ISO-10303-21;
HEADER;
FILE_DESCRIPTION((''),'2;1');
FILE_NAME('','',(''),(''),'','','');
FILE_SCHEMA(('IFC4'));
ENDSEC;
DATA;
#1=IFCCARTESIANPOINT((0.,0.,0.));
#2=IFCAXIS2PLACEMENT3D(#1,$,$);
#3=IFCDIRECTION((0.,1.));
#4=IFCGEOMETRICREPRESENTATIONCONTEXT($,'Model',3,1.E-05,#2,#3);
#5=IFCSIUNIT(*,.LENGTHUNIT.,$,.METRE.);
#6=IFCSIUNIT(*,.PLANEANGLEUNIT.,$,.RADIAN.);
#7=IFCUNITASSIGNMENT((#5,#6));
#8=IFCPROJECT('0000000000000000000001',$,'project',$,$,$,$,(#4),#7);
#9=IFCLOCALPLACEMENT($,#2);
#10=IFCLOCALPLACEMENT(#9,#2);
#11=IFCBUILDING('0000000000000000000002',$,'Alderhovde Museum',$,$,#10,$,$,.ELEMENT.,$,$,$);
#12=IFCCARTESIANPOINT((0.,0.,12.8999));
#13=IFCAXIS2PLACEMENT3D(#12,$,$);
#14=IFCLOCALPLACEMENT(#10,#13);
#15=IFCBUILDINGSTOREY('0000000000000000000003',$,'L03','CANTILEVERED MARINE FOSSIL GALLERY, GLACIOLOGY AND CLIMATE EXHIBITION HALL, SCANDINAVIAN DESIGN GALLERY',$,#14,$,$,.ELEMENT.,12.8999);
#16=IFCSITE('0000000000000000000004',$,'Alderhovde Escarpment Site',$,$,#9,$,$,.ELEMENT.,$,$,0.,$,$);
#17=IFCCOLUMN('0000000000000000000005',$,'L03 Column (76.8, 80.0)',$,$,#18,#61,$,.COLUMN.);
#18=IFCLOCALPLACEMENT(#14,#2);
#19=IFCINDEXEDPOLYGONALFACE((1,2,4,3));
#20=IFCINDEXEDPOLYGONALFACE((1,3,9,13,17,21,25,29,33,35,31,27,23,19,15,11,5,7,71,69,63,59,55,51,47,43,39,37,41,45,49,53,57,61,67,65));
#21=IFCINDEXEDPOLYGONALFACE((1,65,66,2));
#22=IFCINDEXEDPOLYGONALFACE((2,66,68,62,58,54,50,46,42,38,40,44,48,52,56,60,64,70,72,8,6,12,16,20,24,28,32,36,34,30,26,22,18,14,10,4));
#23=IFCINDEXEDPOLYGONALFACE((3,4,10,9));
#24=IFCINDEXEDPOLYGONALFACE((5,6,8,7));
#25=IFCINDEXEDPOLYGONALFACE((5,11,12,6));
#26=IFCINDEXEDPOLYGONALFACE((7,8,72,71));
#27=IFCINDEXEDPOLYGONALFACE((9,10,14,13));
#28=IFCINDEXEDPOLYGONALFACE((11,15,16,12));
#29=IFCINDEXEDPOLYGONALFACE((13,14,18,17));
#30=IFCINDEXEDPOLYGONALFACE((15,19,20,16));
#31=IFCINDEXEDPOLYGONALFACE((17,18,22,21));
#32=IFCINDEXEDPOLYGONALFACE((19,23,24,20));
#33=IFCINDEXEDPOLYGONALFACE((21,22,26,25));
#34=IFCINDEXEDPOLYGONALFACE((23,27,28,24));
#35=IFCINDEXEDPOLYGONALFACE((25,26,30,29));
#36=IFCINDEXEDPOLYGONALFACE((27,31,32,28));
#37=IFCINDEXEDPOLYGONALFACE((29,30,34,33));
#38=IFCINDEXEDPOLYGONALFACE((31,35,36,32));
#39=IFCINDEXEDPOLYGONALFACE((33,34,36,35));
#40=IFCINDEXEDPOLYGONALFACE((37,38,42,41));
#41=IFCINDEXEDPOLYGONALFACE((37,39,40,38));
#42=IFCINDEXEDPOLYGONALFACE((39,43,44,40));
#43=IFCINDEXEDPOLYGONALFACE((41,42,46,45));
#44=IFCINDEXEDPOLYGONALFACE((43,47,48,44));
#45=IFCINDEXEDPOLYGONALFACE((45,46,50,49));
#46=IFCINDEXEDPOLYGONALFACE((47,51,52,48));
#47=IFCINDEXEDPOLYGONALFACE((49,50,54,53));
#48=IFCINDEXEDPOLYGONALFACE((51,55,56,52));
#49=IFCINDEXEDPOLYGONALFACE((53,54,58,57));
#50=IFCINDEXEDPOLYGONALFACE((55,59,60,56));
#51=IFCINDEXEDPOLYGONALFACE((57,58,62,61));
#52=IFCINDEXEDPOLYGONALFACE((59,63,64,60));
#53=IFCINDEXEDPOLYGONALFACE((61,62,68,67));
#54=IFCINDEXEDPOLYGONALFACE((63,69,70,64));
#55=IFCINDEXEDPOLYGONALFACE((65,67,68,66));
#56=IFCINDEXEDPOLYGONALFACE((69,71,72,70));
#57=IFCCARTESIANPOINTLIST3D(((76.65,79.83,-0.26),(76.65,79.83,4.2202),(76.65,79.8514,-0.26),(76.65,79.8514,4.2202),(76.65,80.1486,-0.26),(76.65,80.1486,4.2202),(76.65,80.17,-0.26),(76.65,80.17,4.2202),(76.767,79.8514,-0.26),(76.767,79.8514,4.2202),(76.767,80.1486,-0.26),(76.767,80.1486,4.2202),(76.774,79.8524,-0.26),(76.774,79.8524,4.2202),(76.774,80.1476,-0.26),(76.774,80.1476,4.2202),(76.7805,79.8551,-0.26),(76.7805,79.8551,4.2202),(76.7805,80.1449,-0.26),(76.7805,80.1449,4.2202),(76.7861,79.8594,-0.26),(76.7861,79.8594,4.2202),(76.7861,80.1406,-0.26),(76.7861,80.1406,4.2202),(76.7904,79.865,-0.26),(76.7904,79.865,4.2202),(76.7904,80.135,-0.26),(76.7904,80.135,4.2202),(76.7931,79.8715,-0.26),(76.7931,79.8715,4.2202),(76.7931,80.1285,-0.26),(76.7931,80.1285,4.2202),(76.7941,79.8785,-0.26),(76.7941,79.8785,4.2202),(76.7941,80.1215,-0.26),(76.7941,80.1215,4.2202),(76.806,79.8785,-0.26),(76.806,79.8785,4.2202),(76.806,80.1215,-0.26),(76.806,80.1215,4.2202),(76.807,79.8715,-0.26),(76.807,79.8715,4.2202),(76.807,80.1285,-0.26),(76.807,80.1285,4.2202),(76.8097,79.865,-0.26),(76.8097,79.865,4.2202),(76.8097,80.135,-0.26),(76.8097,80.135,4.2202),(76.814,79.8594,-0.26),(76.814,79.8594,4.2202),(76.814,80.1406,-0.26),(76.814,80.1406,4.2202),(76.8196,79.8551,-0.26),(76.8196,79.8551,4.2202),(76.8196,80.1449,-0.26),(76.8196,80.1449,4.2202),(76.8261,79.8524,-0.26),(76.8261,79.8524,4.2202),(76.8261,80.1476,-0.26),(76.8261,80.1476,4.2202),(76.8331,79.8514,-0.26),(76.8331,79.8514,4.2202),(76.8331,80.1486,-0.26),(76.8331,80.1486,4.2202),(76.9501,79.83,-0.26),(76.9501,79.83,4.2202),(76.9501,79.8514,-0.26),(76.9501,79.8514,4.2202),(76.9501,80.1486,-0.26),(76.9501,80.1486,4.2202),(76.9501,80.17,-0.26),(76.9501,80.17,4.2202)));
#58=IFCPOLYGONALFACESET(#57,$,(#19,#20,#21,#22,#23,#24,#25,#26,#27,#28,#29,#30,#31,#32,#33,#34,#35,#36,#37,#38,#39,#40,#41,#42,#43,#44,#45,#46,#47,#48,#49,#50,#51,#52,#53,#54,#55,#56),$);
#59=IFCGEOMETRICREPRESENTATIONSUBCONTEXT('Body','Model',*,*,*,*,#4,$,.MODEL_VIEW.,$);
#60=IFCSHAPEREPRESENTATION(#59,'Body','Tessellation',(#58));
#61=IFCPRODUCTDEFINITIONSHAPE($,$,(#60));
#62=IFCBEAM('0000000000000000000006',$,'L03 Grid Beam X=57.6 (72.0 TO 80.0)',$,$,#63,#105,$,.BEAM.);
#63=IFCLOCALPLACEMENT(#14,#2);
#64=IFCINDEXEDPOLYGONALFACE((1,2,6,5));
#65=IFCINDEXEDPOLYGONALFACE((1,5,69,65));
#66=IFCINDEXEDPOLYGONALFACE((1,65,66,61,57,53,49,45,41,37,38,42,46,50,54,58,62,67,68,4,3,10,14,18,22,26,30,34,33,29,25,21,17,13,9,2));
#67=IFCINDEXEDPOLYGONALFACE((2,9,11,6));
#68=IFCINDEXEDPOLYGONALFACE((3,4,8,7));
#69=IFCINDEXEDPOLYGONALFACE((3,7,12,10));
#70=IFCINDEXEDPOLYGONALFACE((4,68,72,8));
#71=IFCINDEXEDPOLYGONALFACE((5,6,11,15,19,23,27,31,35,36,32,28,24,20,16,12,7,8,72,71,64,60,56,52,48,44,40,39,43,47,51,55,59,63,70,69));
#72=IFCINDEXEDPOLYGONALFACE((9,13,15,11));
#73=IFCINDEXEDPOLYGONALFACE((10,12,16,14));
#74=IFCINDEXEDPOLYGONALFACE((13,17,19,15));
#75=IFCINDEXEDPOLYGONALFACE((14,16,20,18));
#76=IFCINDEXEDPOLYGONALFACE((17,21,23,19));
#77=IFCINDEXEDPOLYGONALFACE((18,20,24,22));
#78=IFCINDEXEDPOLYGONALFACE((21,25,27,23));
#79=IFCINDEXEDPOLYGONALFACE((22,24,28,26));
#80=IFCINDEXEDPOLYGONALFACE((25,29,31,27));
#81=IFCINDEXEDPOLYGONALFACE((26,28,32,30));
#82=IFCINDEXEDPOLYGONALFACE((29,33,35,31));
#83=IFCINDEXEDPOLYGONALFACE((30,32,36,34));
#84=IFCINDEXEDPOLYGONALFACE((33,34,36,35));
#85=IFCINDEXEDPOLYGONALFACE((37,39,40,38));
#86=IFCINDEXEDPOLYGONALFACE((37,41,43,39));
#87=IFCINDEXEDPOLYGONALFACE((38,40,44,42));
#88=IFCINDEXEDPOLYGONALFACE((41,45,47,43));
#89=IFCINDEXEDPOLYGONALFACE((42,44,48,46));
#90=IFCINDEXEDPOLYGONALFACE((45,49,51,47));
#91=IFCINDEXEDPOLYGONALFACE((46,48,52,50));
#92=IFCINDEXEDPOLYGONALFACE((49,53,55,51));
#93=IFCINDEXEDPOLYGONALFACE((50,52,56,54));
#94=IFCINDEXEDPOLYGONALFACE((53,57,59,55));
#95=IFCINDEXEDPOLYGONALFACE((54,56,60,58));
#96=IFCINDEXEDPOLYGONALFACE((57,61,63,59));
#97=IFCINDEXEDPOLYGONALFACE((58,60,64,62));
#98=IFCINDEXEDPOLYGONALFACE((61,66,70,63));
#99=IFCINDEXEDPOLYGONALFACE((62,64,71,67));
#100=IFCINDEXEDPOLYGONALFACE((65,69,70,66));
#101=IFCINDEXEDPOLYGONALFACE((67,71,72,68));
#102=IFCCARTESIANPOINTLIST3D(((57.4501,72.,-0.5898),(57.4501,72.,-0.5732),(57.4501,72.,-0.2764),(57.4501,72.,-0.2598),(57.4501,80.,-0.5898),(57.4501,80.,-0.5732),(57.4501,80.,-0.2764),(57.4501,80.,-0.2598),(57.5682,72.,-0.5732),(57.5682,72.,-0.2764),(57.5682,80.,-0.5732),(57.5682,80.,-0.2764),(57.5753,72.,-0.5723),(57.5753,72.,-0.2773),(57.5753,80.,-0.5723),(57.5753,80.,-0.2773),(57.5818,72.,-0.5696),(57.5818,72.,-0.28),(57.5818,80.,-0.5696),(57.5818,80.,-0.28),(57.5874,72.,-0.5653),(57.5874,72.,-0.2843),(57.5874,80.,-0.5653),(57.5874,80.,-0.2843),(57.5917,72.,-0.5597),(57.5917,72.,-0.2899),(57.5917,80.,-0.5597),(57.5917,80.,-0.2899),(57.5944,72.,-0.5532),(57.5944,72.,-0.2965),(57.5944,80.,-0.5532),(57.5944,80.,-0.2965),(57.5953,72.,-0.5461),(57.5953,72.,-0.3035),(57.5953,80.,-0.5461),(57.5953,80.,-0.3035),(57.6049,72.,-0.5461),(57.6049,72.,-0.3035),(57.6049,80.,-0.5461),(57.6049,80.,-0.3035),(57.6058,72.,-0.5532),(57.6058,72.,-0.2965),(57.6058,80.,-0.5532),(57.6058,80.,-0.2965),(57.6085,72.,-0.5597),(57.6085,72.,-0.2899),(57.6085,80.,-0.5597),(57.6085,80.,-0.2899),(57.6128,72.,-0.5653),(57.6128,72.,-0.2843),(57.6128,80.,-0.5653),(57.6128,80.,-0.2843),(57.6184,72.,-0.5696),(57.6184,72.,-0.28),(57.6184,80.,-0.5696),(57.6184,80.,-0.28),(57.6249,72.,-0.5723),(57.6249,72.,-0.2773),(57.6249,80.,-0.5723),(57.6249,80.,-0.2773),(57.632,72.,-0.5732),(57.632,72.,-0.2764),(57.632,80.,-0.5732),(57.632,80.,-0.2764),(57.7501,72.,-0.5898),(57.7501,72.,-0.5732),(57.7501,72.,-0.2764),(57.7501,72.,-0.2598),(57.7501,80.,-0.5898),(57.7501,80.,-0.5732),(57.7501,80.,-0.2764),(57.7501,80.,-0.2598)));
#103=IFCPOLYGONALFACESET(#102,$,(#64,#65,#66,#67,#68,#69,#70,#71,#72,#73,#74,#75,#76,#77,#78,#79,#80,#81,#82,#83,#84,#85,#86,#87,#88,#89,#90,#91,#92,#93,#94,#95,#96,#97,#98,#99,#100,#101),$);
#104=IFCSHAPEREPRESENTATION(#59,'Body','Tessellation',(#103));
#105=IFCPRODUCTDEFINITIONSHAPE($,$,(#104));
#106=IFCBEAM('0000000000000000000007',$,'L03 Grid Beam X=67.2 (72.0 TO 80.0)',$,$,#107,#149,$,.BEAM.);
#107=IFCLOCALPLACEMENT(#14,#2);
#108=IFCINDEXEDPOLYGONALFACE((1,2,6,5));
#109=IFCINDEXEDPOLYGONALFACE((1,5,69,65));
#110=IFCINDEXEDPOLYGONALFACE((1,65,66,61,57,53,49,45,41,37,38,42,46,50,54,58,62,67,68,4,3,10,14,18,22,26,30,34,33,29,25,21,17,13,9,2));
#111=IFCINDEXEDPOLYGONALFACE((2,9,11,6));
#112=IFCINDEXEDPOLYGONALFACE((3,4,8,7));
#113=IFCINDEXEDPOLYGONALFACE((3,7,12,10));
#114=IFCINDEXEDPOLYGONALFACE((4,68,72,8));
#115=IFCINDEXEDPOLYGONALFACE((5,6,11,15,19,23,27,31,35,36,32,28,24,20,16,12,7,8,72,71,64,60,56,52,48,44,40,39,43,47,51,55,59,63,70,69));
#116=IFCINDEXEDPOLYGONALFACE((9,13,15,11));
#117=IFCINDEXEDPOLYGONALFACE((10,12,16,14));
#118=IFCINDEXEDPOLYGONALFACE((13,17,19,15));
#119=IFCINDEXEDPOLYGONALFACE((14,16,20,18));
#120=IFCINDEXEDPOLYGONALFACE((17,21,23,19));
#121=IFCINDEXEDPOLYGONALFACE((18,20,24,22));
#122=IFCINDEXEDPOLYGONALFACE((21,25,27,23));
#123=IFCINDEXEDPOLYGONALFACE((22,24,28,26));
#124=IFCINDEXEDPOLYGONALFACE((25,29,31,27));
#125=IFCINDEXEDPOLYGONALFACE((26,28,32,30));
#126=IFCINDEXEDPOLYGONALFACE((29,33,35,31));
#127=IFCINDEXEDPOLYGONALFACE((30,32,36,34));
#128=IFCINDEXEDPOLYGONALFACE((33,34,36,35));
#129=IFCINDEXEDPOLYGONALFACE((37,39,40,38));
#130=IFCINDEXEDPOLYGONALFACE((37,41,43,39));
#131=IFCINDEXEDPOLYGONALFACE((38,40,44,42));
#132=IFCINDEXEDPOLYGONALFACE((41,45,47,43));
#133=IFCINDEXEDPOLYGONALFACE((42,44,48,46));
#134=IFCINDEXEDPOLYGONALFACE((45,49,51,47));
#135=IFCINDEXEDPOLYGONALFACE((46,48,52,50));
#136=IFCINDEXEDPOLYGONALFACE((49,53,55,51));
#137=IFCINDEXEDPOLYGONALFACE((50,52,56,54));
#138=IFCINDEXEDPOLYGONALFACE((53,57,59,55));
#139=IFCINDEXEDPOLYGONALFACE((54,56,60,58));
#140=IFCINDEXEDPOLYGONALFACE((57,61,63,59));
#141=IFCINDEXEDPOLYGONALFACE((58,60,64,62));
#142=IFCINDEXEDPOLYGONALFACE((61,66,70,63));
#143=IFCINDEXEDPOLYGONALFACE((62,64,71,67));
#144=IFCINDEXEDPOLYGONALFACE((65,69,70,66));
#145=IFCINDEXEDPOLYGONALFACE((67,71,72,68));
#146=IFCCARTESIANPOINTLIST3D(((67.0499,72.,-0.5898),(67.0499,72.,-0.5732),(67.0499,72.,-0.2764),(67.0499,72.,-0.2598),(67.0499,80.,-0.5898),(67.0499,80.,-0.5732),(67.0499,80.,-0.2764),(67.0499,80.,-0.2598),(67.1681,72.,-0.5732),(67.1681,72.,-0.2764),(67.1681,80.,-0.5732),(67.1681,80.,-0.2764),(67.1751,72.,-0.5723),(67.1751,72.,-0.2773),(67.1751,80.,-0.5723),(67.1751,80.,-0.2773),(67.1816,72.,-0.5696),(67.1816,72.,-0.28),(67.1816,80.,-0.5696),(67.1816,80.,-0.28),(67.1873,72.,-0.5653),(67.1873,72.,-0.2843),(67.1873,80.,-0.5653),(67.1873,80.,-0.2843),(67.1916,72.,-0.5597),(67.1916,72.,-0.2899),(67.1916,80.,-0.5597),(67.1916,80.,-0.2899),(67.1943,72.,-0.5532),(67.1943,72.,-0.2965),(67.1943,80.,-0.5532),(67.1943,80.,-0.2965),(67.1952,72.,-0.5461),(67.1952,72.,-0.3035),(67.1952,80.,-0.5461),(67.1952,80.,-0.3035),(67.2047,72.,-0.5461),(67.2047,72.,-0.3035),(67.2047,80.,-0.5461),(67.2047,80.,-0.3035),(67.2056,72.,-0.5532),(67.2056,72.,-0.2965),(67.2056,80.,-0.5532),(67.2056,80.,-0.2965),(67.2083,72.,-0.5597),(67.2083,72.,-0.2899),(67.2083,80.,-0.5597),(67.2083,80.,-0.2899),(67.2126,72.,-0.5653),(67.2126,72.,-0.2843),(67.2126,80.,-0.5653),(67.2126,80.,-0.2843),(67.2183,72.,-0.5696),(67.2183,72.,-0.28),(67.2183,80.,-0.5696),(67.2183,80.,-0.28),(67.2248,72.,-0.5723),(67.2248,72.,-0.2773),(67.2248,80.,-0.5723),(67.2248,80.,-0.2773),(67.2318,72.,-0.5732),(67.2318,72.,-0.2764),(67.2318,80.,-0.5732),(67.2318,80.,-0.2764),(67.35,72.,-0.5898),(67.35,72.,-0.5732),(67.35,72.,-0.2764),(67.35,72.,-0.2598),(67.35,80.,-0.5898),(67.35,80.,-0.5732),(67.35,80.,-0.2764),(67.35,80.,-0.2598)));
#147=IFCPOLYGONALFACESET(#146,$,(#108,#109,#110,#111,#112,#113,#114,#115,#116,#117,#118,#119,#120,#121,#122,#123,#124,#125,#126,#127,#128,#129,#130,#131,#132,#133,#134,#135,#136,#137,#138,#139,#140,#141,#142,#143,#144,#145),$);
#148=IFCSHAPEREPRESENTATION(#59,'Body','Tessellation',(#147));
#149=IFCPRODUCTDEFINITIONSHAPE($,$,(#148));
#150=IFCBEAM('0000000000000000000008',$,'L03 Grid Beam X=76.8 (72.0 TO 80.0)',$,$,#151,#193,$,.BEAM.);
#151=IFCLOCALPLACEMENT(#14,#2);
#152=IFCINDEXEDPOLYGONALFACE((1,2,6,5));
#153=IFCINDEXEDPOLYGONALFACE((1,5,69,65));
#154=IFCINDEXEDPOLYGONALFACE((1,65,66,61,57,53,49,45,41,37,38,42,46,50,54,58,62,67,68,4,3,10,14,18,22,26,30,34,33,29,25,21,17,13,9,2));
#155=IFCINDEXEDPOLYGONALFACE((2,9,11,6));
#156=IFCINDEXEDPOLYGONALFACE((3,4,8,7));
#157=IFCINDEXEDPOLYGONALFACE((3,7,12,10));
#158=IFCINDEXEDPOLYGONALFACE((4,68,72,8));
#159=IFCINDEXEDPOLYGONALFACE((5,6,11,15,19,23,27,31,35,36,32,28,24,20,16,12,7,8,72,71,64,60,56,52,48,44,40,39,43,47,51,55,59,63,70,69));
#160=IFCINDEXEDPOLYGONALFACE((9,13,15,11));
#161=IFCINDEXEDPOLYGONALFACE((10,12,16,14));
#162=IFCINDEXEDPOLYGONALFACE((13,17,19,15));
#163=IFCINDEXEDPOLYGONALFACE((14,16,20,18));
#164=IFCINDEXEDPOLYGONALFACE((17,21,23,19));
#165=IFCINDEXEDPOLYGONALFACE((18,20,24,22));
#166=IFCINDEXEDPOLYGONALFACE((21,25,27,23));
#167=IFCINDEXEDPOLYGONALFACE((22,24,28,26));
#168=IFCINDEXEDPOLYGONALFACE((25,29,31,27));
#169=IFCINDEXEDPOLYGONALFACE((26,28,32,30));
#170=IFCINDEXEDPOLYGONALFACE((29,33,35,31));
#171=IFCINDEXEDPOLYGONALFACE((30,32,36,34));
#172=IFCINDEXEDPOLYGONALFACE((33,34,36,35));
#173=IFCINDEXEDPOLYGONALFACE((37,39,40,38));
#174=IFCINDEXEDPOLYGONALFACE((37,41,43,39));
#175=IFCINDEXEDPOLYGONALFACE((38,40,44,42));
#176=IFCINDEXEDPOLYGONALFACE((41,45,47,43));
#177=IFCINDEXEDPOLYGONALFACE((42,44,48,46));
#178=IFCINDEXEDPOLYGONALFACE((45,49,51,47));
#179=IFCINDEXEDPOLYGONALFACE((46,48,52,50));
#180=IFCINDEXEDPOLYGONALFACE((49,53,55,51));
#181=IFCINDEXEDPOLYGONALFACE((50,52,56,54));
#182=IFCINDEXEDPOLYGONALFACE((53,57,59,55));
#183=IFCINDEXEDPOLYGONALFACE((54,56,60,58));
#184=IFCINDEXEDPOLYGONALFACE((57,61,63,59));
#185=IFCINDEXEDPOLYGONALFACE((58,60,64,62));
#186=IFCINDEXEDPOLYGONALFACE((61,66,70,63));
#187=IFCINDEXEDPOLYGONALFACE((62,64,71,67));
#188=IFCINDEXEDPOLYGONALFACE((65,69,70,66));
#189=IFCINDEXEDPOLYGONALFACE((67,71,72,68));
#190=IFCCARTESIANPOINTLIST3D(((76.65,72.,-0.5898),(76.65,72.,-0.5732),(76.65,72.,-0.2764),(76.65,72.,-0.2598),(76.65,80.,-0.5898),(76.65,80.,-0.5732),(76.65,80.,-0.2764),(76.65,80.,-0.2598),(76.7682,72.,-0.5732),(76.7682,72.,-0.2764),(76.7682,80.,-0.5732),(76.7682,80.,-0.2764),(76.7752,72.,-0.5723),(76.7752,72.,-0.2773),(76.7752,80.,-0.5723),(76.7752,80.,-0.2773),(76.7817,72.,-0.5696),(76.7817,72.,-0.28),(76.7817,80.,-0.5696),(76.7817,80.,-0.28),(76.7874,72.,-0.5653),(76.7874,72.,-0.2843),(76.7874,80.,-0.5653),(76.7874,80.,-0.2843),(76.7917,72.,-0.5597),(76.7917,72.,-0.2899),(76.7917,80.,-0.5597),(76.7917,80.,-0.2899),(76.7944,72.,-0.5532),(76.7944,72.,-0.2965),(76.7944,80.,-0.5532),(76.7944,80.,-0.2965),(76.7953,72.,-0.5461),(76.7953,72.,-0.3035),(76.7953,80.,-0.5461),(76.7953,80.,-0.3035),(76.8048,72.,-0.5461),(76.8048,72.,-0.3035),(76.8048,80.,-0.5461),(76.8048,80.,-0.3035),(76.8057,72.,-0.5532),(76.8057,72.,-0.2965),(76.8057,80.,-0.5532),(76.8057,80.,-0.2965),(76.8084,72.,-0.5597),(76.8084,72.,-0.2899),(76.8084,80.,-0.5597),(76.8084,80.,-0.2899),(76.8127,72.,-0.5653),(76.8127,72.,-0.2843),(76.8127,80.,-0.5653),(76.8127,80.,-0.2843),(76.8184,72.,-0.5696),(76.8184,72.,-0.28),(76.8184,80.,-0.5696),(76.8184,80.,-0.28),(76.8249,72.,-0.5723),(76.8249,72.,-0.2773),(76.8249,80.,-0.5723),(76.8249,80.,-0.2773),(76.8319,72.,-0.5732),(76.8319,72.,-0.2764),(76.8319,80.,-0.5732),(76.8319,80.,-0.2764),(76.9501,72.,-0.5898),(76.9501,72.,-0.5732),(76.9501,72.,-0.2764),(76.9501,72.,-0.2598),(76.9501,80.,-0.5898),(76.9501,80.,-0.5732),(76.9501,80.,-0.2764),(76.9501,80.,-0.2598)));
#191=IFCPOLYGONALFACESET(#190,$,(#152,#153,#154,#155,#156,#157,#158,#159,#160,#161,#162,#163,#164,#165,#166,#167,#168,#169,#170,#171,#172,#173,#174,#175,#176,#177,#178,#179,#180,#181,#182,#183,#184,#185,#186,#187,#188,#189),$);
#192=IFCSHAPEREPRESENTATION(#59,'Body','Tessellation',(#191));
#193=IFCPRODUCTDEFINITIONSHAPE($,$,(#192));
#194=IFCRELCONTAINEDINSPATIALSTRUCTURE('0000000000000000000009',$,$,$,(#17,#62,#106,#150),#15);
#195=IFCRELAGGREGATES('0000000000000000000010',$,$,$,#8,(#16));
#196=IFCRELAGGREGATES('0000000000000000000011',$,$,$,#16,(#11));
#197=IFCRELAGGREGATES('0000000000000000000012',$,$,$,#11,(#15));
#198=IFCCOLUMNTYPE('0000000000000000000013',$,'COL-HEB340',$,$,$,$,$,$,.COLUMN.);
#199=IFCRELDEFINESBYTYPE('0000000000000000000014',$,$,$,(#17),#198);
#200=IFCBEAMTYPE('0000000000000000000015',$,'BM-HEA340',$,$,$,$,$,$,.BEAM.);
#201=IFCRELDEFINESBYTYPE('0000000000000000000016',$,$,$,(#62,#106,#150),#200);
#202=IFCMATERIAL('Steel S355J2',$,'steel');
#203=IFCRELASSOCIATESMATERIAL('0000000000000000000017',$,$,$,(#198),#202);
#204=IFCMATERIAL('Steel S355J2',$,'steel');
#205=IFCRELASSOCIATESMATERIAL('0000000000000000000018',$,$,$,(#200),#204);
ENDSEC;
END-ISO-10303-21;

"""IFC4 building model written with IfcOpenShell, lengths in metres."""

from ifc_helpers import new_model, si_unit, direction, frame, origin, origin_2d, place, context, subcontext, project, spatial, i_section, extrude, material, material_profile, profile_set, type_object, element, save


model = new_model("IFC4")

# Units and contexts
model_context = context("Model", 3, precision=1e-05, world=origin(), true_north=direction((0.0, 1.0)))
body_context = subcontext(model_context, "Body", "Model", "MODEL_VIEW")
ifc_project = project(units=[si_unit("LENGTHUNIT", "METRE"), si_unit("PLANEANGLEUNIT", "RADIAN")], contexts=[model_context])

# Site, building, storey
site_placement = place(None, origin())
site = spatial("IfcSite", under=ifc_project, at=site_placement, Name="Alderhovde Escarpment Site", CompositionType="ELEMENT", RefElevation=0.0)
building_placement = place(site_placement, origin())
building = spatial("IfcBuilding", under=site, at=building_placement, Name="Alderhovde Museum", CompositionType="ELEMENT")
storey_placement = place(building_placement, frame((0.0, 0.0, 12.8999)))
storey = spatial("IfcBuildingStorey", under=building, at=storey_placement, Name="L03", Description="CANTILEVERED MARINE FOSSIL GALLERY, GLACIOLOGY AND CLIMATE EXHIBITION HALL, SCANDINAVIAN DESIGN GALLERY", CompositionType="ELEMENT", Elevation=12.8999)

# Column
ifc_material_1 = material(Name="Steel S355J2", Category="steel")
ifc_material_profile_1 = material_profile(ifc_material_1, i_section(OverallWidth=0.3, OverallDepth=0.3401, WebThickness=0.012, FlangeThickness=0.0215, FilletRadius=0.0271, at=origin_2d()), Name="HEB 340")
ifc_profile_set_1 = profile_set([ifc_material_profile_1], Name="Steel S355J2")
column_type_1 = type_object("IfcColumnType", Name="COL-HEB340", PredefinedType="COLUMN", material=ifc_profile_set_1)
for number, where, z_axis, x_axis, name in (
    (1, (76.8, 80.0, -0.26), (0.0, 0.0, 1.0), (1.0, 0.0, 0.0), "L03 Column (76.8, 80.0)"),
):
    element("IfcColumn", number, at=place(storey_placement, frame(where, z_axis=z_axis, x_axis=x_axis)), inside=storey, type_object=column_type_1, Name=name, PredefinedType="COLUMN", context=body_context, shape_type="SweptSolid", body=[
        extrude(i_section(OverallWidth=0.3, OverallDepth=0.3401, WebThickness=0.012, FlangeThickness=0.0215, FilletRadius=0.0271, at=origin_2d()), origin(), (0.0, 0.0, 1.0), 4.4802),
    ])

# Beams
ifc_material_2 = material(Name="Steel S355J2", Category="steel")
ifc_material_profile_2 = material_profile(ifc_material_2, i_section(OverallWidth=0.3, OverallDepth=0.3301, WebThickness=0.0095, FlangeThickness=0.0166, FilletRadius=0.0271, at=origin_2d()), Name="HEA 340")
ifc_profile_set_2 = profile_set([ifc_material_profile_2], Name="Steel S355J2")
beam_type_1 = type_object("IfcBeamType", Name="BM-HEA340", PredefinedType="BEAM", material=ifc_profile_set_2)
for number, where, z_axis, x_axis, name in (
    (2, (57.6001, 72.0, -0.4248), (0.0, 1.0, 0.0), (-1.0, 0.0, 0.0), "L03 Grid Beam X=57.6 (72.0 TO 80.0)"),
    (3, (67.2, 72.0, -0.4248), (0.0, 1.0, 0.0), (-1.0, 0.0, 0.0), "L03 Grid Beam X=67.2 (72.0 TO 80.0)"),
    (4, (76.8, 72.0, -0.4248), (0.0, 1.0, 0.0), (-1.0, 0.0, 0.0), "L03 Grid Beam X=76.8 (72.0 TO 80.0)"),
):
    element("IfcBeam", number, at=place(storey_placement, frame(where, z_axis=z_axis, x_axis=x_axis)), inside=storey, type_object=beam_type_1, Name=name, PredefinedType="BEAM", context=body_context, shape_type="SweptSolid", body=[
        extrude(i_section(OverallWidth=0.3, OverallDepth=0.3301, WebThickness=0.0095, FlangeThickness=0.0166, FilletRadius=0.0271, at=origin_2d()), origin(), (0.0, 0.0, 1.0), 8.0),
    ])

save(model, "model.ifc")
